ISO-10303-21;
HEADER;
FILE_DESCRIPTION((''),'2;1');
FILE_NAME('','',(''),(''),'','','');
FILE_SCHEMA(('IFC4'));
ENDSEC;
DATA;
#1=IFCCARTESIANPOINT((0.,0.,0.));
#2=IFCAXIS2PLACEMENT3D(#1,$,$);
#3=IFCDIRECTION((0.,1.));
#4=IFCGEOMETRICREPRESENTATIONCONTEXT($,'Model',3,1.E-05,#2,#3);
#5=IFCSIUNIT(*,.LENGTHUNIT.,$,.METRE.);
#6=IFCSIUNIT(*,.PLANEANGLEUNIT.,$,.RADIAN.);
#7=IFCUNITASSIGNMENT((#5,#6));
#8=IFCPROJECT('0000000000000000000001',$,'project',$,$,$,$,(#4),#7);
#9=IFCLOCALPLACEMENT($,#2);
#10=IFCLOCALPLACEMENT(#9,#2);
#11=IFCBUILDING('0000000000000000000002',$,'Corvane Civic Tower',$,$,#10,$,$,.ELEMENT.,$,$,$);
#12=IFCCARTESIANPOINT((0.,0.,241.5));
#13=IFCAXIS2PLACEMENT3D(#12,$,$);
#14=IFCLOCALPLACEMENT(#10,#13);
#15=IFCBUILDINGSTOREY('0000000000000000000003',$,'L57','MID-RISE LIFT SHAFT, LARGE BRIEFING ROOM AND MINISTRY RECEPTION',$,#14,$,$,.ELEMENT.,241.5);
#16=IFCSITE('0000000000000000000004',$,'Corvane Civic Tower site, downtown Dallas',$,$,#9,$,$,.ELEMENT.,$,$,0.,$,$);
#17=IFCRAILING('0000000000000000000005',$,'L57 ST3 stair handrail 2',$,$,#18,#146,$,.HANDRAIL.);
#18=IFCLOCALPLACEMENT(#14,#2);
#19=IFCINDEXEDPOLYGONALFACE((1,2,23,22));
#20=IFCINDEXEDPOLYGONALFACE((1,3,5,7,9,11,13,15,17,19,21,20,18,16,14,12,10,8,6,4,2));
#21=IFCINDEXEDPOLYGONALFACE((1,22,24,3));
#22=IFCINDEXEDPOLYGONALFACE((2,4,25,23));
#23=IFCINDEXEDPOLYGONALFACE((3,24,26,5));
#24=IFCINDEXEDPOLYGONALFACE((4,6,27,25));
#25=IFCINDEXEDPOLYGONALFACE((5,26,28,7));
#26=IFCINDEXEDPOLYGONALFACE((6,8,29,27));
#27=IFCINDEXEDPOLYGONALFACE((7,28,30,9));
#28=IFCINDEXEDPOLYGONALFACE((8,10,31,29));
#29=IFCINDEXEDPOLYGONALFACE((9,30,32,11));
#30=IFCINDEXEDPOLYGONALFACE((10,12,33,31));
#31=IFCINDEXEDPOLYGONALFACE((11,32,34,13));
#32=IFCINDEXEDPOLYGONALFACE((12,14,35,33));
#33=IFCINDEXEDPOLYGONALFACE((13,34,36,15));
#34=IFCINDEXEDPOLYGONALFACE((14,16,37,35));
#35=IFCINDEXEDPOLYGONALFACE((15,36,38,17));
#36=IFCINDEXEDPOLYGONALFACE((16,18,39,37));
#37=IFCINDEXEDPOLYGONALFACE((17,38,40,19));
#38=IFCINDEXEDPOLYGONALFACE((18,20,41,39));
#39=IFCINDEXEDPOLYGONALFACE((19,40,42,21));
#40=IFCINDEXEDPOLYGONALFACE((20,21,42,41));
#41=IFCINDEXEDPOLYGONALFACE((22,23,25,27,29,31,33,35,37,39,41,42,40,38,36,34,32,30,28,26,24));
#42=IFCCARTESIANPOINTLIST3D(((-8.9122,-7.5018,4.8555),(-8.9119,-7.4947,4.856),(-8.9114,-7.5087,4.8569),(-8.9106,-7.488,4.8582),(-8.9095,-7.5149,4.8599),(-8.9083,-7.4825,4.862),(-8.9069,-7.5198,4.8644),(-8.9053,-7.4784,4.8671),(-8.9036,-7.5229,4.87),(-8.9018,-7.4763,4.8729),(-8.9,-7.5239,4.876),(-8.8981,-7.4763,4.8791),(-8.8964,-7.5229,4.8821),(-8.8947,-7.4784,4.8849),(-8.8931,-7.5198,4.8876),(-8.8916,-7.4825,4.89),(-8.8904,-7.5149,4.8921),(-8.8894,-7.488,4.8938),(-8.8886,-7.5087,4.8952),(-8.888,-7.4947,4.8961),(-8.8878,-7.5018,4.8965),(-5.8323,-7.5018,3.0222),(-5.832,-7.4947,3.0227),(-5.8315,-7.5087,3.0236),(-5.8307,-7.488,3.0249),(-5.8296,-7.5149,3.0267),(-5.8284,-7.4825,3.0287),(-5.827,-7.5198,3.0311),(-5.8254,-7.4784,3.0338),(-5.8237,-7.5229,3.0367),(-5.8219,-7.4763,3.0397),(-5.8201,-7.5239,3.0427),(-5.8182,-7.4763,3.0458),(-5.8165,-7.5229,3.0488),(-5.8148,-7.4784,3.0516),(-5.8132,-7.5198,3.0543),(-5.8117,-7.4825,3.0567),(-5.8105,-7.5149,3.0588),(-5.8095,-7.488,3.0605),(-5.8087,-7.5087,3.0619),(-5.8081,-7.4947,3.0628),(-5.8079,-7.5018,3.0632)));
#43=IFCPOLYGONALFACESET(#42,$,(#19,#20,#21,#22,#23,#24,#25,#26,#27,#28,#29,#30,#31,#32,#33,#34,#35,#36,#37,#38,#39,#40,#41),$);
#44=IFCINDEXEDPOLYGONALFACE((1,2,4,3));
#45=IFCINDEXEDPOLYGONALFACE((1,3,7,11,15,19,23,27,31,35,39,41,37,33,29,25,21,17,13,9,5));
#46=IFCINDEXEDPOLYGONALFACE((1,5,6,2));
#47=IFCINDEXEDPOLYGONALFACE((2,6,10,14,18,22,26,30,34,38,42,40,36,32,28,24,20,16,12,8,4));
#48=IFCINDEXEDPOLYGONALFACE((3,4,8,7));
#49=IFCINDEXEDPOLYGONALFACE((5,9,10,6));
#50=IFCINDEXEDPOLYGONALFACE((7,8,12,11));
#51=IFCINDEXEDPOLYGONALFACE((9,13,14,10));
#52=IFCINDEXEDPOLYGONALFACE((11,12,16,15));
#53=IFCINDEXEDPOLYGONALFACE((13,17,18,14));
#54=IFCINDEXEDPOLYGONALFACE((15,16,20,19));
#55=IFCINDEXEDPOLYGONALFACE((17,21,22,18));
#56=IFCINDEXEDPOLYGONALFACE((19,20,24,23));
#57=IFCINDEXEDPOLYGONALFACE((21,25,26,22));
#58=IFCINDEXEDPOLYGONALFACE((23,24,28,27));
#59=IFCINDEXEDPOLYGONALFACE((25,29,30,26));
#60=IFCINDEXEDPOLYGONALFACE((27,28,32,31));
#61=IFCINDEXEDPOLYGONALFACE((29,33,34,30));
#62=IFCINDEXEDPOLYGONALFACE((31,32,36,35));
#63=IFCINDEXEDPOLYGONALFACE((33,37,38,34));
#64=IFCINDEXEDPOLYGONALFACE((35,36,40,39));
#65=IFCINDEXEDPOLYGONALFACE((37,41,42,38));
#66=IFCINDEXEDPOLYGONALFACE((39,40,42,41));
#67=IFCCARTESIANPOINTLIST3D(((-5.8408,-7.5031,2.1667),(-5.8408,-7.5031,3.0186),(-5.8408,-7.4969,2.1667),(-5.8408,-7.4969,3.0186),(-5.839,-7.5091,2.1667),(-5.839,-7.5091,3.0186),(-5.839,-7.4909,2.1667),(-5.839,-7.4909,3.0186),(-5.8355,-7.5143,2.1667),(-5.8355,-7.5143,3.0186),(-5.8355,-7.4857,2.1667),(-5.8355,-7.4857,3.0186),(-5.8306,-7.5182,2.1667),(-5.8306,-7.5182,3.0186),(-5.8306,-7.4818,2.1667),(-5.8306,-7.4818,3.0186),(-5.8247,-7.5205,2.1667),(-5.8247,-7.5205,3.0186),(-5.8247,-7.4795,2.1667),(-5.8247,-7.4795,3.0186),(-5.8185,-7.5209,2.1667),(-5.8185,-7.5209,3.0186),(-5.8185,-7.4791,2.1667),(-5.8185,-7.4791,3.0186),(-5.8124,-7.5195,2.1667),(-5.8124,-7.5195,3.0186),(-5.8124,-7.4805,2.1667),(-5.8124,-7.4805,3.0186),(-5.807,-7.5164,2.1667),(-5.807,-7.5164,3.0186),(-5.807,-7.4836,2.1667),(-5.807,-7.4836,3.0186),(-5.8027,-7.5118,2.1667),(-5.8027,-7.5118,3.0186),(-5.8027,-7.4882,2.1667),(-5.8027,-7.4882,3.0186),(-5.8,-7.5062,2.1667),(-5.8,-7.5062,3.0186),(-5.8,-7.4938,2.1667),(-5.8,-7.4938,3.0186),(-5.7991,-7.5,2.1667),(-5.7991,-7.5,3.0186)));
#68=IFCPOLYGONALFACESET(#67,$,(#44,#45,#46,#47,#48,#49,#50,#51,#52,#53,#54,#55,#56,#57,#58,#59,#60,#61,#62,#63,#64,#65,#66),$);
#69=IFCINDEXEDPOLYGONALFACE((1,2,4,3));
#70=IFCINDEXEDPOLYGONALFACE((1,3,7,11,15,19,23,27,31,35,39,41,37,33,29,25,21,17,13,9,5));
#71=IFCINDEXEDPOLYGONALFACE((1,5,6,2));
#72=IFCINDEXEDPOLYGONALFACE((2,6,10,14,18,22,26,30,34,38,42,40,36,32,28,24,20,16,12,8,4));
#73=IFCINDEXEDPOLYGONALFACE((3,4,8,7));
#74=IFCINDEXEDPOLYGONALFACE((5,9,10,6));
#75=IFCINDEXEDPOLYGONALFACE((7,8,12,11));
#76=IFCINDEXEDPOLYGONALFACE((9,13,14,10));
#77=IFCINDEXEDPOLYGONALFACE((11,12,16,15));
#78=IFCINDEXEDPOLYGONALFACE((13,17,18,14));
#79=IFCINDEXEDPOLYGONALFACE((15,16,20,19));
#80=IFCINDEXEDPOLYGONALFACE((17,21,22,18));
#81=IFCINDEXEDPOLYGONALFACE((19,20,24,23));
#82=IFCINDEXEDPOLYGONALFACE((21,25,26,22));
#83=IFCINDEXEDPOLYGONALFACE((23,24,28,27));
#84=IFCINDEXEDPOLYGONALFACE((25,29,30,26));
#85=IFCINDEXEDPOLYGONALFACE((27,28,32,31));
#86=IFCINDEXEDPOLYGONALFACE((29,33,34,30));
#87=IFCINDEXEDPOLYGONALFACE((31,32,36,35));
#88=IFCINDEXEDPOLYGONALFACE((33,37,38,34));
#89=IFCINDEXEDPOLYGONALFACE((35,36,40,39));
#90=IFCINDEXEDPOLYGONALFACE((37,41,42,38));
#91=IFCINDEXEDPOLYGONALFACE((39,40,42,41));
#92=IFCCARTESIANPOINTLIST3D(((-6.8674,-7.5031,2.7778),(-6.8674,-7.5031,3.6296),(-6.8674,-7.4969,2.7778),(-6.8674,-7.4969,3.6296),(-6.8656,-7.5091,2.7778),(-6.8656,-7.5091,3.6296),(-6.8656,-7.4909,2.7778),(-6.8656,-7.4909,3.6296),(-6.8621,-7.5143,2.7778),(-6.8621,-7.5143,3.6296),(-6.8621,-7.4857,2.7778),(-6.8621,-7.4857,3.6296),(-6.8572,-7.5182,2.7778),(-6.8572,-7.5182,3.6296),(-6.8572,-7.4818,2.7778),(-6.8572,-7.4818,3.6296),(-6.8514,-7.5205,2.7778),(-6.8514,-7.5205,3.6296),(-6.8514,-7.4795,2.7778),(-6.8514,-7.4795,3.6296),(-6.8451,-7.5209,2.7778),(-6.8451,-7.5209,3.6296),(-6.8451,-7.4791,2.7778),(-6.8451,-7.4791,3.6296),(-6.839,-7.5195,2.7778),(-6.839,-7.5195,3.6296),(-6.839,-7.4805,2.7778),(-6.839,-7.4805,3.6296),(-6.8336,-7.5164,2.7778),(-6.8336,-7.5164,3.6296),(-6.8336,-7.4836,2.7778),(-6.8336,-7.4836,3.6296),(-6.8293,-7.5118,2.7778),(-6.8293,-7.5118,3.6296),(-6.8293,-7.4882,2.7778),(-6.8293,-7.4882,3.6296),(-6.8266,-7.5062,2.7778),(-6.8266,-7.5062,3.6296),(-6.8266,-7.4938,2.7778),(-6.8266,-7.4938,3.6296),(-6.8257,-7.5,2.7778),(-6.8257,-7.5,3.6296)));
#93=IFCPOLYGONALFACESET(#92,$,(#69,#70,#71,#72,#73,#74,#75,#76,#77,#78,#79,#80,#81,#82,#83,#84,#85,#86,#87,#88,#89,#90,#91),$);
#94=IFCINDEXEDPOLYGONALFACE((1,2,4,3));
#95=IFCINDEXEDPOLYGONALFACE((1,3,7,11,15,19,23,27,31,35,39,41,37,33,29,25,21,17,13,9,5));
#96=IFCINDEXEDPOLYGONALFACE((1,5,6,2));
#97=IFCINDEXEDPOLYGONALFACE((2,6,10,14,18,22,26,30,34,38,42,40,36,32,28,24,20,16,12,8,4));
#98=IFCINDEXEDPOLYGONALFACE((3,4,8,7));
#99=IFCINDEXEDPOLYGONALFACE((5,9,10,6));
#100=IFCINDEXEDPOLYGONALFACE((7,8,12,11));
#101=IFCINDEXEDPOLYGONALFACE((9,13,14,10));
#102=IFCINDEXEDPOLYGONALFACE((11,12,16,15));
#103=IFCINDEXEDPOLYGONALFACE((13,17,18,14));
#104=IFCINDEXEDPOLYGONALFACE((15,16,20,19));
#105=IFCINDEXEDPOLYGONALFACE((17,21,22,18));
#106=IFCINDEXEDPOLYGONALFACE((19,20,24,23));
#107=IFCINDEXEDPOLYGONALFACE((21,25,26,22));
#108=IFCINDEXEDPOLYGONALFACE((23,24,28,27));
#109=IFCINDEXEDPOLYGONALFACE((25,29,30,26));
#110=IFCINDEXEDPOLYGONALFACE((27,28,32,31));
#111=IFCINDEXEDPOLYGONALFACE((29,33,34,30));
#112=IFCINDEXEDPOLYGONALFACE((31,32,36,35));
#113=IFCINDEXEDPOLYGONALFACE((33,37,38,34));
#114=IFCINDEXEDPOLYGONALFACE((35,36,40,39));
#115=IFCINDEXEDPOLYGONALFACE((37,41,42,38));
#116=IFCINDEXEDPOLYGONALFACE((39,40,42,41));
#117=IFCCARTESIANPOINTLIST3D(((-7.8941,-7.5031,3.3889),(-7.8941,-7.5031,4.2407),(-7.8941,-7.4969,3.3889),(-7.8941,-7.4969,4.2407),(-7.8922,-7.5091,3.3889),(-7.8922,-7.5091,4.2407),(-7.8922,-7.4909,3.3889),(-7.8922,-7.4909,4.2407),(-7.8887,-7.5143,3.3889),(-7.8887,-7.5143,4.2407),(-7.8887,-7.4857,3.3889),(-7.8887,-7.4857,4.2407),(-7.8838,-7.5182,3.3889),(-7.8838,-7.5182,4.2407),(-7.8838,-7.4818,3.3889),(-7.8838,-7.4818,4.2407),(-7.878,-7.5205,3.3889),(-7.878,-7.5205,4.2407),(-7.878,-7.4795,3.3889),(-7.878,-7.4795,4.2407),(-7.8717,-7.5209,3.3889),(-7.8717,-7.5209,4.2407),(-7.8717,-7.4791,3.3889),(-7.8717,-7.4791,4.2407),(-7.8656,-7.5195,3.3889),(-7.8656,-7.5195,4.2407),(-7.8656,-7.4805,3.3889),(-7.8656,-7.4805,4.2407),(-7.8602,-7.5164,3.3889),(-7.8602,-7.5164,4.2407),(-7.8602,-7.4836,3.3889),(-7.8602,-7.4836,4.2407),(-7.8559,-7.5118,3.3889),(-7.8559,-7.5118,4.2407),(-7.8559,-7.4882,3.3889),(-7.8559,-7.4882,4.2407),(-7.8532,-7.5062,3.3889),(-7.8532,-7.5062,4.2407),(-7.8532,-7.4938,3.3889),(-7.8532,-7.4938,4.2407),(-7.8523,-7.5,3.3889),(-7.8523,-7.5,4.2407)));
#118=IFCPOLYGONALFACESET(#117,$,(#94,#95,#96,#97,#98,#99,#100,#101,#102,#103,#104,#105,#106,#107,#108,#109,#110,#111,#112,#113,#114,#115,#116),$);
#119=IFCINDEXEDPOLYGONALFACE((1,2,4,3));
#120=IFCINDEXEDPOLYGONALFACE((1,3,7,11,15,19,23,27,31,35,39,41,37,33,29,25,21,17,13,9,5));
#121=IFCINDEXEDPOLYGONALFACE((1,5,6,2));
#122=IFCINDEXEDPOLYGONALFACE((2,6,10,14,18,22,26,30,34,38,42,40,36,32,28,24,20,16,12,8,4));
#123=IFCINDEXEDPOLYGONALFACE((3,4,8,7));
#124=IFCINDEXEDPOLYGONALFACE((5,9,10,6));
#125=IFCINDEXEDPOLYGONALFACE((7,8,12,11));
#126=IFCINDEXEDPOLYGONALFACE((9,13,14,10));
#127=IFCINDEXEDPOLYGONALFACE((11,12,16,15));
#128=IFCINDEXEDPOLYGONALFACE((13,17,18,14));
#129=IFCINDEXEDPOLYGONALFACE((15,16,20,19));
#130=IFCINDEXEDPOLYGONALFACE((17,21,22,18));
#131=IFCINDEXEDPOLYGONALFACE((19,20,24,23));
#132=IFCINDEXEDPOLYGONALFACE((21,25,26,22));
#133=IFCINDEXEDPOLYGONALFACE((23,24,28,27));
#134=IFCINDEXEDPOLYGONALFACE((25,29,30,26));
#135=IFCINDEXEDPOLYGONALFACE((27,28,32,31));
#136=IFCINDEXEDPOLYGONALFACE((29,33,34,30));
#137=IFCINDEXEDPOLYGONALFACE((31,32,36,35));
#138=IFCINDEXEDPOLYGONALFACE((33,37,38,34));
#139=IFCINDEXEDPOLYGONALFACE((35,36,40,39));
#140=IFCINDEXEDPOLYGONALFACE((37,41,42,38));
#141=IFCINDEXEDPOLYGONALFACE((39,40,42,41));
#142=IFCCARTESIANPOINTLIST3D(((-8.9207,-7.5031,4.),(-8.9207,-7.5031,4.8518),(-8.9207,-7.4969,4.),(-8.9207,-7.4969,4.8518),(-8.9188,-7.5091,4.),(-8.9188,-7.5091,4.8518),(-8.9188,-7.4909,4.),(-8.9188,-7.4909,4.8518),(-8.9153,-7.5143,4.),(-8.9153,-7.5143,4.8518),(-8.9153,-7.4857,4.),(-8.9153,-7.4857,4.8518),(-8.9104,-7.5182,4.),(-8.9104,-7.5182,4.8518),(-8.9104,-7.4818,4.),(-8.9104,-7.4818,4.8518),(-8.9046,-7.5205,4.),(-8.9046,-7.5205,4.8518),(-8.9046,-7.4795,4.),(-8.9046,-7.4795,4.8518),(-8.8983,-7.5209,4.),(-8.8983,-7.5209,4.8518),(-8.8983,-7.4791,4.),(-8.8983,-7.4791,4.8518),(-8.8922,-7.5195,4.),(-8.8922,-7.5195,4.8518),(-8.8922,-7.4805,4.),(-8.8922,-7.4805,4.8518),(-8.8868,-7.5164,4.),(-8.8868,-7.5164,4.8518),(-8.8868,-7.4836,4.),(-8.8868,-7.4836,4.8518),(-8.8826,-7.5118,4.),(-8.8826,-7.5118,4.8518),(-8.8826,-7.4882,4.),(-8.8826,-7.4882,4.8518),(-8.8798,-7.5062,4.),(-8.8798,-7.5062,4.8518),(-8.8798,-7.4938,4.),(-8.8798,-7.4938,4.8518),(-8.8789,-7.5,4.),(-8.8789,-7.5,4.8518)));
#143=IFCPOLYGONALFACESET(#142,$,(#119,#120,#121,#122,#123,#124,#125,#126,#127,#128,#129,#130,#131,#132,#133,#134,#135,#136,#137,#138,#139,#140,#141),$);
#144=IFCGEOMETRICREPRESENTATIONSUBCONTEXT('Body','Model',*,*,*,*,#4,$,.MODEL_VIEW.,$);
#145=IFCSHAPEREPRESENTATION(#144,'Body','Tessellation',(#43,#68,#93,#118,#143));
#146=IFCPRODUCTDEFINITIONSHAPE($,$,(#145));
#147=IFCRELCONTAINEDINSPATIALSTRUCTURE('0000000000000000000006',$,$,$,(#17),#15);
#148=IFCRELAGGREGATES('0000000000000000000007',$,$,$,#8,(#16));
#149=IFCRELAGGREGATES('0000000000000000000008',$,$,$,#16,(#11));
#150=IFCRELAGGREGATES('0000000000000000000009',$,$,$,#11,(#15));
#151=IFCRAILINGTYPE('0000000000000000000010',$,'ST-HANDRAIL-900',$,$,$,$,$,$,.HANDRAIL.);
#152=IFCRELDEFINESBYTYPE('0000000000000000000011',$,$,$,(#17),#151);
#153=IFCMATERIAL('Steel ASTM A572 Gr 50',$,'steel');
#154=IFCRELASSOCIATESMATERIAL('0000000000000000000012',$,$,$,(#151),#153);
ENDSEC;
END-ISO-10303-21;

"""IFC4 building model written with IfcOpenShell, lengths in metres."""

from ifc_helpers import new_model, si_unit, direction, frame, origin, origin_2d, place, context, subcontext, project, spatial, circle, extrude, material, type_object, element, save


model = new_model("IFC4")

# Units and contexts
model_context = context("Model", 3, precision=1e-05, world=origin(), true_north=direction((0.0, 1.0)))
body_context = subcontext(model_context, "Body", "Model", "MODEL_VIEW")
ifc_project = project(units=[si_unit("LENGTHUNIT", "METRE"), si_unit("PLANEANGLEUNIT", "RADIAN")], contexts=[model_context])

# Site, building, storey
site_placement = place(None, origin())
site = spatial("IfcSite", under=ifc_project, at=site_placement, Name="Corvane Civic Tower site, downtown Dallas", CompositionType="ELEMENT", RefElevation=0.0)
building_placement = place(site_placement, origin())
building = spatial("IfcBuilding", under=site, at=building_placement, Name="Corvane Civic Tower", CompositionType="ELEMENT")
storey_placement = place(building_placement, frame((0.0, 0.0, 241.5)))
storey = spatial("IfcBuildingStorey", under=building, at=storey_placement, Name="L57", Description="MID-RISE LIFT SHAFT, LARGE BRIEFING ROOM AND MINISTRY RECEPTION", CompositionType="ELEMENT", Elevation=241.5)

# Railing
ifc_material_1 = material(Name="Steel ASTM A572 Gr 50", Category="steel")
railing_type_1 = type_object("IfcRailingType", Name="ST-HANDRAIL-900", PredefinedType="HANDRAIL", material=ifc_material_1)
railing_1_placement = place(storey_placement, frame((-5.8201, -7.5, 2.1667)))
element("IfcRailing", 1, at=railing_1_placement, inside=storey, type_object=railing_type_1, Name="L57 ST3 stair handrail 2", PredefinedType="HANDRAIL", context=body_context, shape_type="SweptSolid", body=[
    extrude(circle(Radius=0.0239, at=origin_2d()), frame((0.0, 0.0, 0.876), z_axis=(-0.859291, 0.0, 0.511487), x_axis=(0.0, -1.0, 0.0)), (0.0, 0.0, 1.0), 3.5842),
    extrude(circle(Radius=0.021, at=origin_2d()), origin(), (0.0, 0.0, 1.0), 0.8518),
    extrude(circle(Radius=0.021, at=origin_2d()), frame((-1.0266, 0.0, 0.6111)), (0.0, 0.0, 1.0), 0.8518),
    extrude(circle(Radius=0.021, at=origin_2d()), frame((-2.0532, 0.0, 1.2222)), (0.0, 0.0, 1.0), 0.8518),
    extrude(circle(Radius=0.021, at=origin_2d()), frame((-3.0798, 0.0, 1.8333)), (0.0, 0.0, 1.0), 0.8518),
])

save(model, "model.ifc")
